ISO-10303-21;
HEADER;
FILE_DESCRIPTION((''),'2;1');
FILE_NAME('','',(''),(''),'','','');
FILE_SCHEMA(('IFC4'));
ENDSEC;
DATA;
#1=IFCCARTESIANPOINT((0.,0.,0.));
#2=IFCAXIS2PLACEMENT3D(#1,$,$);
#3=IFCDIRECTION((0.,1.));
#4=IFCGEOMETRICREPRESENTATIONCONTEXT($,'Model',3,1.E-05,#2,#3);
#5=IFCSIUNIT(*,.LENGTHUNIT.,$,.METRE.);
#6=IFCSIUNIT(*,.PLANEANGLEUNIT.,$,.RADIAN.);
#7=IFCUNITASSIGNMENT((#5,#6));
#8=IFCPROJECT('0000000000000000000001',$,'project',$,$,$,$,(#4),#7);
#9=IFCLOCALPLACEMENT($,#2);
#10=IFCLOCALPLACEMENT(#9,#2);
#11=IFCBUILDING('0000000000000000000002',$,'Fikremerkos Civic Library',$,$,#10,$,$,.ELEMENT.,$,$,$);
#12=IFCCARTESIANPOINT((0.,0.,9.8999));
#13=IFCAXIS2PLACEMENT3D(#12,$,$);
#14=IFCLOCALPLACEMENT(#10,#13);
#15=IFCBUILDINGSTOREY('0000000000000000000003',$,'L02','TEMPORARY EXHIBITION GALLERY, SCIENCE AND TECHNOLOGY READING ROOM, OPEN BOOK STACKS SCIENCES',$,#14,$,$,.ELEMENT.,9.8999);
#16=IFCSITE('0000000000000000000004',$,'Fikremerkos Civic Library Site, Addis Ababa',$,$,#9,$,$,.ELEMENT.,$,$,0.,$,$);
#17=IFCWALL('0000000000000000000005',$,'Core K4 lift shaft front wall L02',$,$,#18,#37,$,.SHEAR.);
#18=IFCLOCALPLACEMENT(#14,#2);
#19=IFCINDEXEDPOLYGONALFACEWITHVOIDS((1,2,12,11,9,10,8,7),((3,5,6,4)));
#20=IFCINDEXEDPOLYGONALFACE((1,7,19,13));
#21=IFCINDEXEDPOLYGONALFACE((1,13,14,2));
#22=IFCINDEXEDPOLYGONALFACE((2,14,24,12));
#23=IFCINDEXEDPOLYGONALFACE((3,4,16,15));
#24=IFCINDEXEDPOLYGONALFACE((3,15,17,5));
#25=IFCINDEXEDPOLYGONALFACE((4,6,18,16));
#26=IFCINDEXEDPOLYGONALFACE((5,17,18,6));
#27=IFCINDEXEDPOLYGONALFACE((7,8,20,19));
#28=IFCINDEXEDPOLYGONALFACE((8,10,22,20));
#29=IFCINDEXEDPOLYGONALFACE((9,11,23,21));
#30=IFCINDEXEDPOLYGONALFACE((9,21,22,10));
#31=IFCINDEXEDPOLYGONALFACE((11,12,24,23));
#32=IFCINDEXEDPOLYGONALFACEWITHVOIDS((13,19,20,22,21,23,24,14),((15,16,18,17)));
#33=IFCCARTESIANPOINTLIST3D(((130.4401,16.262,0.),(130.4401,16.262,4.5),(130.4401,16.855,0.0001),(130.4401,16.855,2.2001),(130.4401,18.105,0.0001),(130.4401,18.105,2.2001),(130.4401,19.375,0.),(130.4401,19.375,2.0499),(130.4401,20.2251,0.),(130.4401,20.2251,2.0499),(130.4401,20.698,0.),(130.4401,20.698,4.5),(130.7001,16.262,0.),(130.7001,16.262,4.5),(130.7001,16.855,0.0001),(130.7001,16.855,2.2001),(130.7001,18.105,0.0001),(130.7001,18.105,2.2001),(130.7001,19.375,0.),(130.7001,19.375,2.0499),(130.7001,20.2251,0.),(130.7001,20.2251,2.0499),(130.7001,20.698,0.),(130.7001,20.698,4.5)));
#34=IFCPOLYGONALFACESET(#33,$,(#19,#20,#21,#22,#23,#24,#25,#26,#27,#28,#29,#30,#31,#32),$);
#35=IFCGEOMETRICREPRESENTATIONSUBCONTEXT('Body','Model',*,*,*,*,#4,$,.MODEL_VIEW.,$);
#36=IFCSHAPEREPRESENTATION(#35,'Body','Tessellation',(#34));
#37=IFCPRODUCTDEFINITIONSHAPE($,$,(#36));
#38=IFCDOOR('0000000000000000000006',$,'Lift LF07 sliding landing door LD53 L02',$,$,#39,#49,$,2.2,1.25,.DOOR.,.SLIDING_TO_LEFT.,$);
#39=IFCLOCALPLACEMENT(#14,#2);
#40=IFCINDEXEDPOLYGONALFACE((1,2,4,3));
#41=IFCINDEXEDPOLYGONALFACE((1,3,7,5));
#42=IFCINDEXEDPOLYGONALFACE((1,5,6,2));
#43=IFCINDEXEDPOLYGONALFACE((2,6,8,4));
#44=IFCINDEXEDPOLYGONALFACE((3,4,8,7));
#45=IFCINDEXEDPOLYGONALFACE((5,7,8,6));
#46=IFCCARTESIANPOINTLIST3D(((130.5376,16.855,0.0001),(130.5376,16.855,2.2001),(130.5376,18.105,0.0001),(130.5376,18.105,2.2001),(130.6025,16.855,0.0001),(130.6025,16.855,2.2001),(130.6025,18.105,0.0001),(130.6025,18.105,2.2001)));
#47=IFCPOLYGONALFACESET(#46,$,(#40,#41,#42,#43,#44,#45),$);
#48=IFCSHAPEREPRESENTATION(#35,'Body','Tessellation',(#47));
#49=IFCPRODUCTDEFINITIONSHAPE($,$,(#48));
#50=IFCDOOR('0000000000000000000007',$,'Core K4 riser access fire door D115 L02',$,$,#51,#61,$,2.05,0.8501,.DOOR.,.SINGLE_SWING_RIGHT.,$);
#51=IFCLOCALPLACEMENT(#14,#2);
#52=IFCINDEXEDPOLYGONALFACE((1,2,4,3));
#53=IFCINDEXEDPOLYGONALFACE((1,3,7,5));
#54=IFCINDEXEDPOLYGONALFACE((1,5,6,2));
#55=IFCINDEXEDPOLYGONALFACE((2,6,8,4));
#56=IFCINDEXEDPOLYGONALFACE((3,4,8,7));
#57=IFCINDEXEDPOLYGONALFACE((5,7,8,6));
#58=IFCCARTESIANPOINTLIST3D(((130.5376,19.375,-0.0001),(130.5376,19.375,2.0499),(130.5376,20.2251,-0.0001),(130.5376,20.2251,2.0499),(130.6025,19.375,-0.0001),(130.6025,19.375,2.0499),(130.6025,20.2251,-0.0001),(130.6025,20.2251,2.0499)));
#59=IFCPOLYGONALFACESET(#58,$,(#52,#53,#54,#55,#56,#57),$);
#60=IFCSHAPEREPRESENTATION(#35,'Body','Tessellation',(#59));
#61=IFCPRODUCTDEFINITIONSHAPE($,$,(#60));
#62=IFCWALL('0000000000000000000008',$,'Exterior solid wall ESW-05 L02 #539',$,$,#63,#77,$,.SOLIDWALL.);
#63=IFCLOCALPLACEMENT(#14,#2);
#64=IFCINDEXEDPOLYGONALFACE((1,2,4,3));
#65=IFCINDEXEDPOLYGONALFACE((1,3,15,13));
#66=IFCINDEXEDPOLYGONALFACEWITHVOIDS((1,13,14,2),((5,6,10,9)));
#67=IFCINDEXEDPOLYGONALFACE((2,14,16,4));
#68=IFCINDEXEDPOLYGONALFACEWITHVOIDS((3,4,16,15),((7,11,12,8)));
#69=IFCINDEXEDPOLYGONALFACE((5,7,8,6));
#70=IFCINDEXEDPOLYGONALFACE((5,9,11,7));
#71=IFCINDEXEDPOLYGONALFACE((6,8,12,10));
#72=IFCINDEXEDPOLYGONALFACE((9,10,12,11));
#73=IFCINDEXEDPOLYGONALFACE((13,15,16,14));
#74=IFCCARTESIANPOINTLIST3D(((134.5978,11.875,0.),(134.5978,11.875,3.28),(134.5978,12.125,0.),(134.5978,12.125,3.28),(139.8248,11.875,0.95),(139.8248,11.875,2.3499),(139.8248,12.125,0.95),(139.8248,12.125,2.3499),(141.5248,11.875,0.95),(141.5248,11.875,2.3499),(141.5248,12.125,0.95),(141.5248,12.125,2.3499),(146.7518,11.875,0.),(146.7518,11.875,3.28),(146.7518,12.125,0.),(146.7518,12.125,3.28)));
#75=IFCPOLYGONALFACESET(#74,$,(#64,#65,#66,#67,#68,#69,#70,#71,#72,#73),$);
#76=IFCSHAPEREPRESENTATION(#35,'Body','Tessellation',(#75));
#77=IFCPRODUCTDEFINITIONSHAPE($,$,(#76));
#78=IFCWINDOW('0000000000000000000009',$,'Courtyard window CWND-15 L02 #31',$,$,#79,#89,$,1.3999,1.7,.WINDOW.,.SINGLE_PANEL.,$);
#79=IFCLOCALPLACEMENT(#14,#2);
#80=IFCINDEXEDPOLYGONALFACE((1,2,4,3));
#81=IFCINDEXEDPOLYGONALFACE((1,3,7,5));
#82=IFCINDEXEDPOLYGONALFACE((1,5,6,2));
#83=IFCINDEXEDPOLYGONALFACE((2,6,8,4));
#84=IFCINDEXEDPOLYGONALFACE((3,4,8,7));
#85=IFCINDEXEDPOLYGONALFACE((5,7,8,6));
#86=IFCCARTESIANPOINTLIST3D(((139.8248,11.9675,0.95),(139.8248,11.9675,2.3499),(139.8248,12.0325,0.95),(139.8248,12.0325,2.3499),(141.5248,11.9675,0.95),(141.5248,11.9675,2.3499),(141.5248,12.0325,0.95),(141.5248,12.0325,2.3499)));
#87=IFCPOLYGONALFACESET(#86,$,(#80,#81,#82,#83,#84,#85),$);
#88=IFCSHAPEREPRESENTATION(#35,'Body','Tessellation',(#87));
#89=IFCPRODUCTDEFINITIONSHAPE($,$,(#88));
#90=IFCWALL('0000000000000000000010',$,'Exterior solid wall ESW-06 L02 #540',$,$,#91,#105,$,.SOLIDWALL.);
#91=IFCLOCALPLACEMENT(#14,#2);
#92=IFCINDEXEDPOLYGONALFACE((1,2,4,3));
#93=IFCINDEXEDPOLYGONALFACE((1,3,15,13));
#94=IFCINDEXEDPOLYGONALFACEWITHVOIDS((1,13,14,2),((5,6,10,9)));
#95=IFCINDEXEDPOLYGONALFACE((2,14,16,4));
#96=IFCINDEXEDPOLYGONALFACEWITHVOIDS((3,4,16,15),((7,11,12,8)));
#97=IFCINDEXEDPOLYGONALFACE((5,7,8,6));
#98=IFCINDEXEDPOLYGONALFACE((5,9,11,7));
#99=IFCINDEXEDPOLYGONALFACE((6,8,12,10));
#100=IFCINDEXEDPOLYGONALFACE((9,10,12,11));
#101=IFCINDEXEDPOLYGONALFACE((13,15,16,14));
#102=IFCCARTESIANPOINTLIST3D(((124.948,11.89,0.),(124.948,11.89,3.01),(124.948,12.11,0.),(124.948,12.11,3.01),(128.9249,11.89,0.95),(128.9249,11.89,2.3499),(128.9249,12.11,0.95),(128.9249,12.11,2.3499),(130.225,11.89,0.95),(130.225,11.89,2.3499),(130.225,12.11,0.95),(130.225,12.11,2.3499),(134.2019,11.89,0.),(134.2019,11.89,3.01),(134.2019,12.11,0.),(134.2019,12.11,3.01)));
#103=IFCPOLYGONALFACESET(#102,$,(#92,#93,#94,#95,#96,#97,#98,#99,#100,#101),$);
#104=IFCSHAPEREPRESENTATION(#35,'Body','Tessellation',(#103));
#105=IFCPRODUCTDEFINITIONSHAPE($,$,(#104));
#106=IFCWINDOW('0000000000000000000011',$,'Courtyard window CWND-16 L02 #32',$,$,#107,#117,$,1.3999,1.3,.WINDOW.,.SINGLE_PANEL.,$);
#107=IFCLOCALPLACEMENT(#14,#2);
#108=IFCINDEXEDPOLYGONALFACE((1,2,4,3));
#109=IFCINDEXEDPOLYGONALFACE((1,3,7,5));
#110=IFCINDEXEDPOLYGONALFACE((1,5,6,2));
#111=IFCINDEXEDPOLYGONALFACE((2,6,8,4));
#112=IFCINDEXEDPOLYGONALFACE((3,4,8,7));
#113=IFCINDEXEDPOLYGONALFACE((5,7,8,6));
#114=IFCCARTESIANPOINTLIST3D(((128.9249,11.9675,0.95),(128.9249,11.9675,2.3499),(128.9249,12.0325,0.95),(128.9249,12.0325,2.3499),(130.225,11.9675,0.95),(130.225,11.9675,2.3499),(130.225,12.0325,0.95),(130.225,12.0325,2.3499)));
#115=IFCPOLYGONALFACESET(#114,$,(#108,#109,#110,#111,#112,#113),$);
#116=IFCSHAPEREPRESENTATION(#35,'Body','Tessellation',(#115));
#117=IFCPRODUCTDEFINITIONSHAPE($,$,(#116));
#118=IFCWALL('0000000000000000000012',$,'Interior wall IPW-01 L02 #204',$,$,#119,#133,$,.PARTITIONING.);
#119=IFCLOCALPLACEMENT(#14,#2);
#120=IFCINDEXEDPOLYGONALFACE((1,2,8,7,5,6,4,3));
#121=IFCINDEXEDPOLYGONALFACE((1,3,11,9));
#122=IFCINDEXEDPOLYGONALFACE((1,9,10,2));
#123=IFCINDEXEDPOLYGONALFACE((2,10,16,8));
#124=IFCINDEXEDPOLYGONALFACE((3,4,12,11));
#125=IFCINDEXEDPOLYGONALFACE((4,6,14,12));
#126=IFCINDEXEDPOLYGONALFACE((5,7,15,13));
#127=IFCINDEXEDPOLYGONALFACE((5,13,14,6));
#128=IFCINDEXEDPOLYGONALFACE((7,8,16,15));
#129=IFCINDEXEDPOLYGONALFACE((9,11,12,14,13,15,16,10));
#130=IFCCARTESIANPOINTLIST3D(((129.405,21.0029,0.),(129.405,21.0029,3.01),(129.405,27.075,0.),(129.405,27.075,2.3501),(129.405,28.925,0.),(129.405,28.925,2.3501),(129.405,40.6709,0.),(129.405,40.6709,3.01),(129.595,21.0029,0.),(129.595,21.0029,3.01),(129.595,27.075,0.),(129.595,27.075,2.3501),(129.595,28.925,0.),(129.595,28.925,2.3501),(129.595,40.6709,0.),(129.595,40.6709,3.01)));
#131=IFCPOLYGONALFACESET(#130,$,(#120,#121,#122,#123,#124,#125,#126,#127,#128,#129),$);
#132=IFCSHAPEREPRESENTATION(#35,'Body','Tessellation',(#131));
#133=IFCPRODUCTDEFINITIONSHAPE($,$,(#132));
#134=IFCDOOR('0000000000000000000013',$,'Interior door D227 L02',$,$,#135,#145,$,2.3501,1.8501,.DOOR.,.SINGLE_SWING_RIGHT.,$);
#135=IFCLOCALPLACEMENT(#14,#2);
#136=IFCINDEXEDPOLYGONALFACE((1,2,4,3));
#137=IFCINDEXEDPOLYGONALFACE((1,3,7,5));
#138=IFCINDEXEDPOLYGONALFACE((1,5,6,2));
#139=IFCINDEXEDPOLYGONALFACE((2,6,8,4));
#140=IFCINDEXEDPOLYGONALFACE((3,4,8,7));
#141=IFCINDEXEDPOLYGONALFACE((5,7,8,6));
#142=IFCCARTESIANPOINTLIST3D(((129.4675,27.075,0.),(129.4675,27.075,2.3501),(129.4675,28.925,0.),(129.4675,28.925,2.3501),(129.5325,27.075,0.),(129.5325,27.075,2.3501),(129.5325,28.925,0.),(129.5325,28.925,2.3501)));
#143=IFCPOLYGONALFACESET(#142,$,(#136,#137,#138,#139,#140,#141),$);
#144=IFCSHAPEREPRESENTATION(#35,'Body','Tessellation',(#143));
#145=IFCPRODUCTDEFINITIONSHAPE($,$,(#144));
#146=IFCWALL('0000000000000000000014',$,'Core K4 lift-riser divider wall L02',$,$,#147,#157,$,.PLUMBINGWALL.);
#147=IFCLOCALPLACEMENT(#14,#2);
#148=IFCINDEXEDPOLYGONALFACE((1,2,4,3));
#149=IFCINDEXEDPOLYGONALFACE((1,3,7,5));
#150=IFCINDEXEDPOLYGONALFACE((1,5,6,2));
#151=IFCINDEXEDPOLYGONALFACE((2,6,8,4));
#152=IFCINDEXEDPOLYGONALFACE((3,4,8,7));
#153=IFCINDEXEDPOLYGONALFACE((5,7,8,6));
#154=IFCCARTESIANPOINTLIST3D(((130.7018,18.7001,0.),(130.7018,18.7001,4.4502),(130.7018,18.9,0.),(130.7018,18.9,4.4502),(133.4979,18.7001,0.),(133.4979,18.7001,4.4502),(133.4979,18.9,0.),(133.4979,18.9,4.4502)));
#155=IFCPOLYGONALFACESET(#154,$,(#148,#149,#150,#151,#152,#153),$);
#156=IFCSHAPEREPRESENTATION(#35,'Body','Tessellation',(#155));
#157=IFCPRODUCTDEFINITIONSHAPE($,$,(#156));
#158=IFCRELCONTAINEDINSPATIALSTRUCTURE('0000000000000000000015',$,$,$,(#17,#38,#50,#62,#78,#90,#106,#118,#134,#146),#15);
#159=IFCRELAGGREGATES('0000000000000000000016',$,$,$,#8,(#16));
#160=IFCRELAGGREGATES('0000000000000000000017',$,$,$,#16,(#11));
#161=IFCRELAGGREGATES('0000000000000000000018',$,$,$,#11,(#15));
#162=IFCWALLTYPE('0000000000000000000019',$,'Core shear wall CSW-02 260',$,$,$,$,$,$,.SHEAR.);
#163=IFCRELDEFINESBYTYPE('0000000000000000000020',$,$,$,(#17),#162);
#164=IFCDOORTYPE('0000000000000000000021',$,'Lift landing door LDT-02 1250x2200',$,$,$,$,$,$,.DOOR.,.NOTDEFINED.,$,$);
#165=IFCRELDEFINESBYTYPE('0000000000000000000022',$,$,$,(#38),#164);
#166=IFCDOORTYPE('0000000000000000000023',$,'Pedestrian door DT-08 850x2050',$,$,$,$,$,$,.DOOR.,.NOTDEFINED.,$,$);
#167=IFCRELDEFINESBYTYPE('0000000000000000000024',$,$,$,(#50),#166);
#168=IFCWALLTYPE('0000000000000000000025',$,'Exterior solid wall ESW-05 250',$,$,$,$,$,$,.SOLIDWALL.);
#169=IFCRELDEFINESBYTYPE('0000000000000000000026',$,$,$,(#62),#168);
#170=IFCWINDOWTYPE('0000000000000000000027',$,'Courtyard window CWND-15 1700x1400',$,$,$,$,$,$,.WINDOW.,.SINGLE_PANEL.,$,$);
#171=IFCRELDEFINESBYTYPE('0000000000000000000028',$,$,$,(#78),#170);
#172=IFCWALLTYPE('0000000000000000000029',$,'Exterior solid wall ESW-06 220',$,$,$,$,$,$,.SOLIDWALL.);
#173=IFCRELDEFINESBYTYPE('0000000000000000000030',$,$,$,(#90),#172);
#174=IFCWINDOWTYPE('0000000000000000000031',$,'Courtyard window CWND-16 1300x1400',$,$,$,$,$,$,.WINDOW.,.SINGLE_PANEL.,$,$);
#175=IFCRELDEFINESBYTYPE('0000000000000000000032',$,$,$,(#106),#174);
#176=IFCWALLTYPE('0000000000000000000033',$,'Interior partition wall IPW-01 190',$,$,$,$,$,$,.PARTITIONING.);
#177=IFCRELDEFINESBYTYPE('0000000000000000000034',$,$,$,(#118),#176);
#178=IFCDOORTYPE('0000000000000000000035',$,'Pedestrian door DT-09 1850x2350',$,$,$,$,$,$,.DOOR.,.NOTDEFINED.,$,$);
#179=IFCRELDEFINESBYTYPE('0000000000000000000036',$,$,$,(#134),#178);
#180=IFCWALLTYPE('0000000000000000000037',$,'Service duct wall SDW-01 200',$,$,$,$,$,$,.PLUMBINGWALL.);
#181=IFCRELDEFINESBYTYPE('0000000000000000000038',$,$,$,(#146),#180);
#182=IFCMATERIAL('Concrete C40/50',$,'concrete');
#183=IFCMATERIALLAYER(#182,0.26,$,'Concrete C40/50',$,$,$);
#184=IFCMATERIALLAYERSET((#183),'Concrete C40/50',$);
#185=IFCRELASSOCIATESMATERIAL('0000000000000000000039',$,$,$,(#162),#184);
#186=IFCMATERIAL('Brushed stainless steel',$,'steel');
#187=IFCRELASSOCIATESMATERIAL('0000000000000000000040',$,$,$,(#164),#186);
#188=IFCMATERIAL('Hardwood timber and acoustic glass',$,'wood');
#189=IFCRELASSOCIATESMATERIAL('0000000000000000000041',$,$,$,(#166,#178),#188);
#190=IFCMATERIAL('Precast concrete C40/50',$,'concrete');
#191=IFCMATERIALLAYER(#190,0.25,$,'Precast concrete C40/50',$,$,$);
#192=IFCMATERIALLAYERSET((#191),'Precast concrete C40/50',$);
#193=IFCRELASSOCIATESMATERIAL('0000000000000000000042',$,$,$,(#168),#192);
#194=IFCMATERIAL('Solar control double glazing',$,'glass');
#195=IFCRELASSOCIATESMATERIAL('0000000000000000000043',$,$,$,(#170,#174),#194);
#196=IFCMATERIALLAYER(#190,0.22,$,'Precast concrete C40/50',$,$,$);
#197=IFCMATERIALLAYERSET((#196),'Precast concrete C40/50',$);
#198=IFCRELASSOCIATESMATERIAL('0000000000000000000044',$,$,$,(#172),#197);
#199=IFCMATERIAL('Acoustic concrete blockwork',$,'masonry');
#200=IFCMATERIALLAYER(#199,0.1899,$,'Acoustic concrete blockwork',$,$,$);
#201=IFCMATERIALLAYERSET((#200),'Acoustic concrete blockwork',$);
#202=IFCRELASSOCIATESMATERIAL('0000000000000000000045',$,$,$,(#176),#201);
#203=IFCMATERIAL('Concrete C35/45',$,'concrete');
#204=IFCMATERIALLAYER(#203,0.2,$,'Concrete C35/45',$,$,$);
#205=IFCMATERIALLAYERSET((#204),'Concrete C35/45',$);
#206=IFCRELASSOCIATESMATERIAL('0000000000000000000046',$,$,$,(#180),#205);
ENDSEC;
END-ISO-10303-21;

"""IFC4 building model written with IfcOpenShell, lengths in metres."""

from ifc_helpers import new_model, si_unit, direction, frame, frame_2d, origin, place, context, subcontext, project, spatial, rectangle, extrude, material, layer, layer_set, type_object, element, fill, save


model = new_model("IFC4")

# Units and contexts
model_context = context("Model", 3, precision=1e-05, world=origin(), true_north=direction((0.0, 1.0)))
body_context = subcontext(model_context, "Body", "Model", "MODEL_VIEW")
ifc_project = project(units=[si_unit("LENGTHUNIT", "METRE"), si_unit("PLANEANGLEUNIT", "RADIAN")], contexts=[model_context])

# Site, building, storey
site_placement = place(None, origin())
site = spatial("IfcSite", under=ifc_project, at=site_placement, Name="Fikremerkos Civic Library Site, Addis Ababa", CompositionType="ELEMENT", RefElevation=0.0)
building_placement = place(site_placement, origin())
building = spatial("IfcBuilding", under=site, at=building_placement, Name="Fikremerkos Civic Library", CompositionType="ELEMENT")
storey_placement = place(building_placement, frame((0.0, 0.0, 9.8999)))
storey = spatial("IfcBuildingStorey", under=building, at=storey_placement, Name="L02", Description="TEMPORARY EXHIBITION GALLERY, SCIENCE AND TECHNOLOGY READING ROOM, OPEN BOOK STACKS SCIENCES", CompositionType="ELEMENT", Elevation=9.8999)

# Shared definitions
ifc_material_1 = material(Name="Concrete C40/50", Category="concrete")

# Shared definitions
ifc_material_2 = material(Name="Hardwood timber and acoustic glass", Category="wood")

# Shared definitions
ifc_layer_1 = layer(ifc_material_1, 0.26, Name="Concrete C40/50")
ifc_layer_set_1 = layer_set([ifc_layer_1], Name="Concrete C40/50")
wall_type_1 = type_object("IfcWallType", Name="Core shear wall CSW-02 260", PredefinedType="SHEAR", material=ifc_layer_set_1)

# Wall, openings, doors
wall_1_placement = place(storey_placement, frame((130.5701, 16.262, 0.0), z_axis=(0.0, 0.0, 1.0), x_axis=(0.0, 1.0, 0.0)))
wall_1 = element("IfcWall", 1, at=wall_1_placement, inside=storey, type_object=wall_type_1, Name="Core K4 lift shaft front wall L02", PredefinedType="SHEAR", context=body_context, shape_type="SweptSolid", body=[
    extrude(rectangle(XDim=4.436, YDim=0.26, at=frame_2d((2.218, 0.0))), origin(), (0.0, 0.0, 1.0), 4.5),
])
opening_1_placement = place(wall_1_placement, frame((3.113, 0.0, 0.0)))
opening_1 = element("IfcOpeningElement", 2, at=opening_1_placement, cuts=wall_1, PredefinedType="OPENING", context=body_context, shape_type="SweptSolid", body=[
    extrude(rectangle(XDim=0.8501, YDim=2.05, at=frame_2d((0.425, 1.0249))), frame((0.0, 0.1399, 0.0), z_axis=(0.0, -1.0, 0.0), x_axis=(1.0, 0.0, 0.0)), (0.0, 0.0, 1.0), 0.28),
])
opening_2_placement = place(wall_1_placement, frame((0.593, 0.0, 0.0)))
opening_2 = element("IfcOpeningElement", 3, at=opening_2_placement, cuts=wall_1, PredefinedType="OPENING", context=body_context, shape_type="SweptSolid", body=[
    extrude(rectangle(XDim=1.25, YDim=2.2, at=frame_2d((0.625, 1.1001))), frame((0.0, 0.1399, 0.0), z_axis=(0.0, -1.0, 0.0), x_axis=(1.0, 0.0, 0.0)), (0.0, 0.0, 1.0), 0.28),
])
ifc_material_3 = material(Name="Brushed stainless steel", Category="steel")
door_type_1 = type_object("IfcDoorType", Name="Lift landing door LDT-02 1250x2200", OperationType="NOTDEFINED", PredefinedType="DOOR", material=ifc_material_3)
door_1_placement = place(opening_2_placement, origin())
door_1 = element("IfcDoor", 4, at=door_1_placement, inside=storey, type_object=door_type_1, Name="Lift LF07 sliding landing door LD53 L02", OperationType="SLIDING_TO_LEFT", OverallHeight=2.2, OverallWidth=1.25, PredefinedType="DOOR", context=body_context, shape_type="SweptSolid", body=[
    extrude(rectangle(XDim=1.25, YDim=2.2, at=frame_2d((0.625, 1.1001))), frame((0.0, 0.0325, 0.0), z_axis=(0.0, -1.0, 0.0), x_axis=(1.0, 0.0, 0.0)), (0.0, 0.0, 1.0), 0.0649),
])
fill(opening_2, door_1)
door_type_2 = type_object("IfcDoorType", Name="Pedestrian door DT-08 850x2050", OperationType="NOTDEFINED", PredefinedType="DOOR", material=ifc_material_2)
door_2_placement = place(opening_1_placement, origin())
door_2 = element("IfcDoor", 5, at=door_2_placement, inside=storey, type_object=door_type_2, Name="Core K4 riser access fire door D115 L02", OperationType="SINGLE_SWING_RIGHT", OverallHeight=2.05, OverallWidth=0.8501, PredefinedType="DOOR", context=body_context, shape_type="SweptSolid", body=[
    extrude(rectangle(XDim=0.8501, YDim=2.05, at=frame_2d((0.425, 1.0249))), frame((0.0, 0.0325, 0.0), z_axis=(0.0, -1.0, 0.0), x_axis=(1.0, 0.0, 0.0)), (0.0, 0.0, 1.0), 0.0649),
])
fill(opening_1, door_2)

# Walls, openings, windows
ifc_material_4 = material(Name="Precast concrete C40/50", Category="concrete")
ifc_layer_2 = layer(ifc_material_4, 0.25, Name="Precast concrete C40/50")
ifc_layer_set_2 = layer_set([ifc_layer_2], Name="Precast concrete C40/50")
wall_type_2 = type_object("IfcWallType", Name="Exterior solid wall ESW-05 250", PredefinedType="SOLIDWALL", material=ifc_layer_set_2)
wall_2_placement = place(storey_placement, frame((146.752, 12.0, 0.0), z_axis=(0.0, 0.0, 1.0), x_axis=(-1.0, 0.0, 0.0)))
wall_2 = element("IfcWall", 6, at=wall_2_placement, inside=storey, type_object=wall_type_2, Name="Exterior solid wall ESW-05 L02 #539", PredefinedType="SOLIDWALL", context=body_context, shape_type="SweptSolid", body=[
    extrude(rectangle(XDim=12.1541, YDim=0.25, at=frame_2d((6.0771, 0.0))), origin(), (0.0, 0.0, 1.0), 3.28),
])
opening_3_placement = place(wall_2_placement, frame((5.2271, 0.0, 0.95)))
opening_3 = element("IfcOpeningElement", 7, at=opening_3_placement, cuts=wall_2, PredefinedType="OPENING", context=body_context, shape_type="SweptSolid", body=[
    extrude(rectangle(XDim=1.7, YDim=1.3999, at=frame_2d((0.8501, 0.7))), frame((0.0, 0.135, 0.0), z_axis=(0.0, -1.0, 0.0), x_axis=(1.0, 0.0, 0.0)), (0.0, 0.0, 1.0), 0.27),
])
ifc_material_5 = material(Name="Solar control double glazing", Category="glass")
window_type_1 = type_object("IfcWindowType", Name="Courtyard window CWND-15 1700x1400", PartitioningType="SINGLE_PANEL", PredefinedType="WINDOW", material=ifc_material_5)
window_1_placement = place(opening_3_placement, origin())
window_1 = element("IfcWindow", 8, at=window_1_placement, inside=storey, type_object=window_type_1, Name="Courtyard window CWND-15 L02 #31", OverallHeight=1.3999, OverallWidth=1.7, PartitioningType="SINGLE_PANEL", PredefinedType="WINDOW", context=body_context, shape_type="SweptSolid", body=[
    extrude(rectangle(XDim=1.7, YDim=1.3999, at=frame_2d((0.8501, 0.7))), frame((0.0, 0.0325, 0.0), z_axis=(0.0, -1.0, 0.0), x_axis=(1.0, 0.0, 0.0)), (0.0, 0.0, 1.0), 0.0649),
])
fill(opening_3, window_1)
ifc_layer_3 = layer(ifc_material_4, 0.22, Name="Precast concrete C40/50")
ifc_layer_set_3 = layer_set([ifc_layer_3], Name="Precast concrete C40/50")
wall_type_3 = type_object("IfcWallType", Name="Exterior solid wall ESW-06 220", PredefinedType="SOLIDWALL", material=ifc_layer_set_3)
wall_3_placement = place(storey_placement, frame((134.2019, 12.0, 0.0), z_axis=(0.0, 0.0, 1.0), x_axis=(-1.0, 0.0, 0.0)))
wall_3 = element("IfcWall", 9, at=wall_3_placement, inside=storey, type_object=wall_type_3, Name="Exterior solid wall ESW-06 L02 #540", PredefinedType="SOLIDWALL", context=body_context, shape_type="SweptSolid", body=[
    extrude(rectangle(XDim=9.2539, YDim=0.22, at=frame_2d((4.627, 0.0))), origin(), (0.0, 0.0, 1.0), 3.01),
])
opening_4_placement = place(wall_3_placement, frame((3.9771, 0.0, 0.95)))
opening_4 = element("IfcOpeningElement", 10, at=opening_4_placement, cuts=wall_3, PredefinedType="OPENING", context=body_context, shape_type="SweptSolid", body=[
    extrude(rectangle(XDim=1.3, YDim=1.3999, at=frame_2d((0.6499, 0.7))), frame((0.0, 0.1199, 0.0), z_axis=(0.0, -1.0, 0.0), x_axis=(1.0, 0.0, 0.0)), (0.0, 0.0, 1.0), 0.24),
])
window_type_2 = type_object("IfcWindowType", Name="Courtyard window CWND-16 1300x1400", PartitioningType="SINGLE_PANEL", PredefinedType="WINDOW", material=ifc_material_5)
window_2_placement = place(opening_4_placement, origin())
window_2 = element("IfcWindow", 11, at=window_2_placement, inside=storey, type_object=window_type_2, Name="Courtyard window CWND-16 L02 #32", OverallHeight=1.3999, OverallWidth=1.3, PartitioningType="SINGLE_PANEL", PredefinedType="WINDOW", context=body_context, shape_type="SweptSolid", body=[
    extrude(rectangle(XDim=1.3, YDim=1.3999, at=frame_2d((0.6499, 0.7))), frame((0.0, 0.0325, 0.0), z_axis=(0.0, -1.0, 0.0), x_axis=(1.0, 0.0, 0.0)), (0.0, 0.0, 1.0), 0.0649),
])
fill(opening_4, window_2)

# Wall, opening, door
ifc_material_6 = material(Name="Acoustic concrete blockwork", Category="masonry")
ifc_layer_4 = layer(ifc_material_6, 0.1899, Name="Acoustic concrete blockwork")
ifc_layer_set_4 = layer_set([ifc_layer_4], Name="Acoustic concrete blockwork")
wall_type_4 = type_object("IfcWallType", Name="Interior partition wall IPW-01 190", PredefinedType="PARTITIONING", material=ifc_layer_set_4)
wall_4_placement = place(storey_placement, frame((129.5, 21.0029, 0.0), z_axis=(0.0, 0.0, 1.0), x_axis=(0.0, 1.0, 0.0)))
wall_4 = element("IfcWall", 12, at=wall_4_placement, inside=storey, type_object=wall_type_4, Name="Interior wall IPW-01 L02 #204", PredefinedType="PARTITIONING", context=body_context, shape_type="SweptSolid", body=[
    extrude(rectangle(XDim=19.668, YDim=0.1899, at=frame_2d((9.834, 0.0))), origin(), (0.0, 0.0, 1.0), 3.01),
])
opening_5_placement = place(wall_4_placement, frame((6.072, 0.0, 0.0)))
opening_5 = element("IfcOpeningElement", 13, at=opening_5_placement, cuts=wall_4, PredefinedType="OPENING", context=body_context, shape_type="SweptSolid", body=[
    extrude(rectangle(XDim=1.8501, YDim=2.3501, at=frame_2d((0.925, 1.175))), frame((0.0, 0.105, 0.0), z_axis=(0.0, -1.0, 0.0), x_axis=(1.0, 0.0, 0.0)), (0.0, 0.0, 1.0), 0.21),
])
door_type_3 = type_object("IfcDoorType", Name="Pedestrian door DT-09 1850x2350", OperationType="NOTDEFINED", PredefinedType="DOOR", material=ifc_material_2)
door_3_placement = place(opening_5_placement, origin())
door_3 = element("IfcDoor", 14, at=door_3_placement, inside=storey, type_object=door_type_3, Name="Interior door D227 L02", OperationType="SINGLE_SWING_RIGHT", OverallHeight=2.3501, OverallWidth=1.8501, PredefinedType="DOOR", context=body_context, shape_type="SweptSolid", body=[
    extrude(rectangle(XDim=1.8501, YDim=2.3501, at=frame_2d((0.925, 1.175))), frame((0.0, 0.0325, 0.0), z_axis=(0.0, -1.0, 0.0), x_axis=(1.0, 0.0, 0.0)), (0.0, 0.0, 1.0), 0.0649),
])
fill(opening_5, door_3)

# Wall
ifc_material_7 = material(Name="Concrete C35/45", Category="concrete")
ifc_layer_5 = layer(ifc_material_7, 0.2, Name="Concrete C35/45")
ifc_layer_set_5 = layer_set([ifc_layer_5], Name="Concrete C35/45")
wall_type_5 = type_object("IfcWallType", Name="Service duct wall SDW-01 200", PredefinedType="PLUMBINGWALL", material=ifc_layer_set_5)
wall_5_placement = place(storey_placement, frame((130.7019, 18.8, 0.0), z_axis=(0.0, 0.0, 1.0), x_axis=(1.0, 0.0, 0.0)))
element("IfcWall", 15, at=wall_5_placement, inside=storey, type_object=wall_type_5, Name="Core K4 lift-riser divider wall L02", PredefinedType="PLUMBINGWALL", context=body_context, shape_type="SweptSolid", body=[
    extrude(rectangle(XDim=2.7961, YDim=0.2, at=frame_2d((1.3979, 0.0))), origin(), (0.0, 0.0, 1.0), 4.4502),
])

save(model, "model.ifc")
